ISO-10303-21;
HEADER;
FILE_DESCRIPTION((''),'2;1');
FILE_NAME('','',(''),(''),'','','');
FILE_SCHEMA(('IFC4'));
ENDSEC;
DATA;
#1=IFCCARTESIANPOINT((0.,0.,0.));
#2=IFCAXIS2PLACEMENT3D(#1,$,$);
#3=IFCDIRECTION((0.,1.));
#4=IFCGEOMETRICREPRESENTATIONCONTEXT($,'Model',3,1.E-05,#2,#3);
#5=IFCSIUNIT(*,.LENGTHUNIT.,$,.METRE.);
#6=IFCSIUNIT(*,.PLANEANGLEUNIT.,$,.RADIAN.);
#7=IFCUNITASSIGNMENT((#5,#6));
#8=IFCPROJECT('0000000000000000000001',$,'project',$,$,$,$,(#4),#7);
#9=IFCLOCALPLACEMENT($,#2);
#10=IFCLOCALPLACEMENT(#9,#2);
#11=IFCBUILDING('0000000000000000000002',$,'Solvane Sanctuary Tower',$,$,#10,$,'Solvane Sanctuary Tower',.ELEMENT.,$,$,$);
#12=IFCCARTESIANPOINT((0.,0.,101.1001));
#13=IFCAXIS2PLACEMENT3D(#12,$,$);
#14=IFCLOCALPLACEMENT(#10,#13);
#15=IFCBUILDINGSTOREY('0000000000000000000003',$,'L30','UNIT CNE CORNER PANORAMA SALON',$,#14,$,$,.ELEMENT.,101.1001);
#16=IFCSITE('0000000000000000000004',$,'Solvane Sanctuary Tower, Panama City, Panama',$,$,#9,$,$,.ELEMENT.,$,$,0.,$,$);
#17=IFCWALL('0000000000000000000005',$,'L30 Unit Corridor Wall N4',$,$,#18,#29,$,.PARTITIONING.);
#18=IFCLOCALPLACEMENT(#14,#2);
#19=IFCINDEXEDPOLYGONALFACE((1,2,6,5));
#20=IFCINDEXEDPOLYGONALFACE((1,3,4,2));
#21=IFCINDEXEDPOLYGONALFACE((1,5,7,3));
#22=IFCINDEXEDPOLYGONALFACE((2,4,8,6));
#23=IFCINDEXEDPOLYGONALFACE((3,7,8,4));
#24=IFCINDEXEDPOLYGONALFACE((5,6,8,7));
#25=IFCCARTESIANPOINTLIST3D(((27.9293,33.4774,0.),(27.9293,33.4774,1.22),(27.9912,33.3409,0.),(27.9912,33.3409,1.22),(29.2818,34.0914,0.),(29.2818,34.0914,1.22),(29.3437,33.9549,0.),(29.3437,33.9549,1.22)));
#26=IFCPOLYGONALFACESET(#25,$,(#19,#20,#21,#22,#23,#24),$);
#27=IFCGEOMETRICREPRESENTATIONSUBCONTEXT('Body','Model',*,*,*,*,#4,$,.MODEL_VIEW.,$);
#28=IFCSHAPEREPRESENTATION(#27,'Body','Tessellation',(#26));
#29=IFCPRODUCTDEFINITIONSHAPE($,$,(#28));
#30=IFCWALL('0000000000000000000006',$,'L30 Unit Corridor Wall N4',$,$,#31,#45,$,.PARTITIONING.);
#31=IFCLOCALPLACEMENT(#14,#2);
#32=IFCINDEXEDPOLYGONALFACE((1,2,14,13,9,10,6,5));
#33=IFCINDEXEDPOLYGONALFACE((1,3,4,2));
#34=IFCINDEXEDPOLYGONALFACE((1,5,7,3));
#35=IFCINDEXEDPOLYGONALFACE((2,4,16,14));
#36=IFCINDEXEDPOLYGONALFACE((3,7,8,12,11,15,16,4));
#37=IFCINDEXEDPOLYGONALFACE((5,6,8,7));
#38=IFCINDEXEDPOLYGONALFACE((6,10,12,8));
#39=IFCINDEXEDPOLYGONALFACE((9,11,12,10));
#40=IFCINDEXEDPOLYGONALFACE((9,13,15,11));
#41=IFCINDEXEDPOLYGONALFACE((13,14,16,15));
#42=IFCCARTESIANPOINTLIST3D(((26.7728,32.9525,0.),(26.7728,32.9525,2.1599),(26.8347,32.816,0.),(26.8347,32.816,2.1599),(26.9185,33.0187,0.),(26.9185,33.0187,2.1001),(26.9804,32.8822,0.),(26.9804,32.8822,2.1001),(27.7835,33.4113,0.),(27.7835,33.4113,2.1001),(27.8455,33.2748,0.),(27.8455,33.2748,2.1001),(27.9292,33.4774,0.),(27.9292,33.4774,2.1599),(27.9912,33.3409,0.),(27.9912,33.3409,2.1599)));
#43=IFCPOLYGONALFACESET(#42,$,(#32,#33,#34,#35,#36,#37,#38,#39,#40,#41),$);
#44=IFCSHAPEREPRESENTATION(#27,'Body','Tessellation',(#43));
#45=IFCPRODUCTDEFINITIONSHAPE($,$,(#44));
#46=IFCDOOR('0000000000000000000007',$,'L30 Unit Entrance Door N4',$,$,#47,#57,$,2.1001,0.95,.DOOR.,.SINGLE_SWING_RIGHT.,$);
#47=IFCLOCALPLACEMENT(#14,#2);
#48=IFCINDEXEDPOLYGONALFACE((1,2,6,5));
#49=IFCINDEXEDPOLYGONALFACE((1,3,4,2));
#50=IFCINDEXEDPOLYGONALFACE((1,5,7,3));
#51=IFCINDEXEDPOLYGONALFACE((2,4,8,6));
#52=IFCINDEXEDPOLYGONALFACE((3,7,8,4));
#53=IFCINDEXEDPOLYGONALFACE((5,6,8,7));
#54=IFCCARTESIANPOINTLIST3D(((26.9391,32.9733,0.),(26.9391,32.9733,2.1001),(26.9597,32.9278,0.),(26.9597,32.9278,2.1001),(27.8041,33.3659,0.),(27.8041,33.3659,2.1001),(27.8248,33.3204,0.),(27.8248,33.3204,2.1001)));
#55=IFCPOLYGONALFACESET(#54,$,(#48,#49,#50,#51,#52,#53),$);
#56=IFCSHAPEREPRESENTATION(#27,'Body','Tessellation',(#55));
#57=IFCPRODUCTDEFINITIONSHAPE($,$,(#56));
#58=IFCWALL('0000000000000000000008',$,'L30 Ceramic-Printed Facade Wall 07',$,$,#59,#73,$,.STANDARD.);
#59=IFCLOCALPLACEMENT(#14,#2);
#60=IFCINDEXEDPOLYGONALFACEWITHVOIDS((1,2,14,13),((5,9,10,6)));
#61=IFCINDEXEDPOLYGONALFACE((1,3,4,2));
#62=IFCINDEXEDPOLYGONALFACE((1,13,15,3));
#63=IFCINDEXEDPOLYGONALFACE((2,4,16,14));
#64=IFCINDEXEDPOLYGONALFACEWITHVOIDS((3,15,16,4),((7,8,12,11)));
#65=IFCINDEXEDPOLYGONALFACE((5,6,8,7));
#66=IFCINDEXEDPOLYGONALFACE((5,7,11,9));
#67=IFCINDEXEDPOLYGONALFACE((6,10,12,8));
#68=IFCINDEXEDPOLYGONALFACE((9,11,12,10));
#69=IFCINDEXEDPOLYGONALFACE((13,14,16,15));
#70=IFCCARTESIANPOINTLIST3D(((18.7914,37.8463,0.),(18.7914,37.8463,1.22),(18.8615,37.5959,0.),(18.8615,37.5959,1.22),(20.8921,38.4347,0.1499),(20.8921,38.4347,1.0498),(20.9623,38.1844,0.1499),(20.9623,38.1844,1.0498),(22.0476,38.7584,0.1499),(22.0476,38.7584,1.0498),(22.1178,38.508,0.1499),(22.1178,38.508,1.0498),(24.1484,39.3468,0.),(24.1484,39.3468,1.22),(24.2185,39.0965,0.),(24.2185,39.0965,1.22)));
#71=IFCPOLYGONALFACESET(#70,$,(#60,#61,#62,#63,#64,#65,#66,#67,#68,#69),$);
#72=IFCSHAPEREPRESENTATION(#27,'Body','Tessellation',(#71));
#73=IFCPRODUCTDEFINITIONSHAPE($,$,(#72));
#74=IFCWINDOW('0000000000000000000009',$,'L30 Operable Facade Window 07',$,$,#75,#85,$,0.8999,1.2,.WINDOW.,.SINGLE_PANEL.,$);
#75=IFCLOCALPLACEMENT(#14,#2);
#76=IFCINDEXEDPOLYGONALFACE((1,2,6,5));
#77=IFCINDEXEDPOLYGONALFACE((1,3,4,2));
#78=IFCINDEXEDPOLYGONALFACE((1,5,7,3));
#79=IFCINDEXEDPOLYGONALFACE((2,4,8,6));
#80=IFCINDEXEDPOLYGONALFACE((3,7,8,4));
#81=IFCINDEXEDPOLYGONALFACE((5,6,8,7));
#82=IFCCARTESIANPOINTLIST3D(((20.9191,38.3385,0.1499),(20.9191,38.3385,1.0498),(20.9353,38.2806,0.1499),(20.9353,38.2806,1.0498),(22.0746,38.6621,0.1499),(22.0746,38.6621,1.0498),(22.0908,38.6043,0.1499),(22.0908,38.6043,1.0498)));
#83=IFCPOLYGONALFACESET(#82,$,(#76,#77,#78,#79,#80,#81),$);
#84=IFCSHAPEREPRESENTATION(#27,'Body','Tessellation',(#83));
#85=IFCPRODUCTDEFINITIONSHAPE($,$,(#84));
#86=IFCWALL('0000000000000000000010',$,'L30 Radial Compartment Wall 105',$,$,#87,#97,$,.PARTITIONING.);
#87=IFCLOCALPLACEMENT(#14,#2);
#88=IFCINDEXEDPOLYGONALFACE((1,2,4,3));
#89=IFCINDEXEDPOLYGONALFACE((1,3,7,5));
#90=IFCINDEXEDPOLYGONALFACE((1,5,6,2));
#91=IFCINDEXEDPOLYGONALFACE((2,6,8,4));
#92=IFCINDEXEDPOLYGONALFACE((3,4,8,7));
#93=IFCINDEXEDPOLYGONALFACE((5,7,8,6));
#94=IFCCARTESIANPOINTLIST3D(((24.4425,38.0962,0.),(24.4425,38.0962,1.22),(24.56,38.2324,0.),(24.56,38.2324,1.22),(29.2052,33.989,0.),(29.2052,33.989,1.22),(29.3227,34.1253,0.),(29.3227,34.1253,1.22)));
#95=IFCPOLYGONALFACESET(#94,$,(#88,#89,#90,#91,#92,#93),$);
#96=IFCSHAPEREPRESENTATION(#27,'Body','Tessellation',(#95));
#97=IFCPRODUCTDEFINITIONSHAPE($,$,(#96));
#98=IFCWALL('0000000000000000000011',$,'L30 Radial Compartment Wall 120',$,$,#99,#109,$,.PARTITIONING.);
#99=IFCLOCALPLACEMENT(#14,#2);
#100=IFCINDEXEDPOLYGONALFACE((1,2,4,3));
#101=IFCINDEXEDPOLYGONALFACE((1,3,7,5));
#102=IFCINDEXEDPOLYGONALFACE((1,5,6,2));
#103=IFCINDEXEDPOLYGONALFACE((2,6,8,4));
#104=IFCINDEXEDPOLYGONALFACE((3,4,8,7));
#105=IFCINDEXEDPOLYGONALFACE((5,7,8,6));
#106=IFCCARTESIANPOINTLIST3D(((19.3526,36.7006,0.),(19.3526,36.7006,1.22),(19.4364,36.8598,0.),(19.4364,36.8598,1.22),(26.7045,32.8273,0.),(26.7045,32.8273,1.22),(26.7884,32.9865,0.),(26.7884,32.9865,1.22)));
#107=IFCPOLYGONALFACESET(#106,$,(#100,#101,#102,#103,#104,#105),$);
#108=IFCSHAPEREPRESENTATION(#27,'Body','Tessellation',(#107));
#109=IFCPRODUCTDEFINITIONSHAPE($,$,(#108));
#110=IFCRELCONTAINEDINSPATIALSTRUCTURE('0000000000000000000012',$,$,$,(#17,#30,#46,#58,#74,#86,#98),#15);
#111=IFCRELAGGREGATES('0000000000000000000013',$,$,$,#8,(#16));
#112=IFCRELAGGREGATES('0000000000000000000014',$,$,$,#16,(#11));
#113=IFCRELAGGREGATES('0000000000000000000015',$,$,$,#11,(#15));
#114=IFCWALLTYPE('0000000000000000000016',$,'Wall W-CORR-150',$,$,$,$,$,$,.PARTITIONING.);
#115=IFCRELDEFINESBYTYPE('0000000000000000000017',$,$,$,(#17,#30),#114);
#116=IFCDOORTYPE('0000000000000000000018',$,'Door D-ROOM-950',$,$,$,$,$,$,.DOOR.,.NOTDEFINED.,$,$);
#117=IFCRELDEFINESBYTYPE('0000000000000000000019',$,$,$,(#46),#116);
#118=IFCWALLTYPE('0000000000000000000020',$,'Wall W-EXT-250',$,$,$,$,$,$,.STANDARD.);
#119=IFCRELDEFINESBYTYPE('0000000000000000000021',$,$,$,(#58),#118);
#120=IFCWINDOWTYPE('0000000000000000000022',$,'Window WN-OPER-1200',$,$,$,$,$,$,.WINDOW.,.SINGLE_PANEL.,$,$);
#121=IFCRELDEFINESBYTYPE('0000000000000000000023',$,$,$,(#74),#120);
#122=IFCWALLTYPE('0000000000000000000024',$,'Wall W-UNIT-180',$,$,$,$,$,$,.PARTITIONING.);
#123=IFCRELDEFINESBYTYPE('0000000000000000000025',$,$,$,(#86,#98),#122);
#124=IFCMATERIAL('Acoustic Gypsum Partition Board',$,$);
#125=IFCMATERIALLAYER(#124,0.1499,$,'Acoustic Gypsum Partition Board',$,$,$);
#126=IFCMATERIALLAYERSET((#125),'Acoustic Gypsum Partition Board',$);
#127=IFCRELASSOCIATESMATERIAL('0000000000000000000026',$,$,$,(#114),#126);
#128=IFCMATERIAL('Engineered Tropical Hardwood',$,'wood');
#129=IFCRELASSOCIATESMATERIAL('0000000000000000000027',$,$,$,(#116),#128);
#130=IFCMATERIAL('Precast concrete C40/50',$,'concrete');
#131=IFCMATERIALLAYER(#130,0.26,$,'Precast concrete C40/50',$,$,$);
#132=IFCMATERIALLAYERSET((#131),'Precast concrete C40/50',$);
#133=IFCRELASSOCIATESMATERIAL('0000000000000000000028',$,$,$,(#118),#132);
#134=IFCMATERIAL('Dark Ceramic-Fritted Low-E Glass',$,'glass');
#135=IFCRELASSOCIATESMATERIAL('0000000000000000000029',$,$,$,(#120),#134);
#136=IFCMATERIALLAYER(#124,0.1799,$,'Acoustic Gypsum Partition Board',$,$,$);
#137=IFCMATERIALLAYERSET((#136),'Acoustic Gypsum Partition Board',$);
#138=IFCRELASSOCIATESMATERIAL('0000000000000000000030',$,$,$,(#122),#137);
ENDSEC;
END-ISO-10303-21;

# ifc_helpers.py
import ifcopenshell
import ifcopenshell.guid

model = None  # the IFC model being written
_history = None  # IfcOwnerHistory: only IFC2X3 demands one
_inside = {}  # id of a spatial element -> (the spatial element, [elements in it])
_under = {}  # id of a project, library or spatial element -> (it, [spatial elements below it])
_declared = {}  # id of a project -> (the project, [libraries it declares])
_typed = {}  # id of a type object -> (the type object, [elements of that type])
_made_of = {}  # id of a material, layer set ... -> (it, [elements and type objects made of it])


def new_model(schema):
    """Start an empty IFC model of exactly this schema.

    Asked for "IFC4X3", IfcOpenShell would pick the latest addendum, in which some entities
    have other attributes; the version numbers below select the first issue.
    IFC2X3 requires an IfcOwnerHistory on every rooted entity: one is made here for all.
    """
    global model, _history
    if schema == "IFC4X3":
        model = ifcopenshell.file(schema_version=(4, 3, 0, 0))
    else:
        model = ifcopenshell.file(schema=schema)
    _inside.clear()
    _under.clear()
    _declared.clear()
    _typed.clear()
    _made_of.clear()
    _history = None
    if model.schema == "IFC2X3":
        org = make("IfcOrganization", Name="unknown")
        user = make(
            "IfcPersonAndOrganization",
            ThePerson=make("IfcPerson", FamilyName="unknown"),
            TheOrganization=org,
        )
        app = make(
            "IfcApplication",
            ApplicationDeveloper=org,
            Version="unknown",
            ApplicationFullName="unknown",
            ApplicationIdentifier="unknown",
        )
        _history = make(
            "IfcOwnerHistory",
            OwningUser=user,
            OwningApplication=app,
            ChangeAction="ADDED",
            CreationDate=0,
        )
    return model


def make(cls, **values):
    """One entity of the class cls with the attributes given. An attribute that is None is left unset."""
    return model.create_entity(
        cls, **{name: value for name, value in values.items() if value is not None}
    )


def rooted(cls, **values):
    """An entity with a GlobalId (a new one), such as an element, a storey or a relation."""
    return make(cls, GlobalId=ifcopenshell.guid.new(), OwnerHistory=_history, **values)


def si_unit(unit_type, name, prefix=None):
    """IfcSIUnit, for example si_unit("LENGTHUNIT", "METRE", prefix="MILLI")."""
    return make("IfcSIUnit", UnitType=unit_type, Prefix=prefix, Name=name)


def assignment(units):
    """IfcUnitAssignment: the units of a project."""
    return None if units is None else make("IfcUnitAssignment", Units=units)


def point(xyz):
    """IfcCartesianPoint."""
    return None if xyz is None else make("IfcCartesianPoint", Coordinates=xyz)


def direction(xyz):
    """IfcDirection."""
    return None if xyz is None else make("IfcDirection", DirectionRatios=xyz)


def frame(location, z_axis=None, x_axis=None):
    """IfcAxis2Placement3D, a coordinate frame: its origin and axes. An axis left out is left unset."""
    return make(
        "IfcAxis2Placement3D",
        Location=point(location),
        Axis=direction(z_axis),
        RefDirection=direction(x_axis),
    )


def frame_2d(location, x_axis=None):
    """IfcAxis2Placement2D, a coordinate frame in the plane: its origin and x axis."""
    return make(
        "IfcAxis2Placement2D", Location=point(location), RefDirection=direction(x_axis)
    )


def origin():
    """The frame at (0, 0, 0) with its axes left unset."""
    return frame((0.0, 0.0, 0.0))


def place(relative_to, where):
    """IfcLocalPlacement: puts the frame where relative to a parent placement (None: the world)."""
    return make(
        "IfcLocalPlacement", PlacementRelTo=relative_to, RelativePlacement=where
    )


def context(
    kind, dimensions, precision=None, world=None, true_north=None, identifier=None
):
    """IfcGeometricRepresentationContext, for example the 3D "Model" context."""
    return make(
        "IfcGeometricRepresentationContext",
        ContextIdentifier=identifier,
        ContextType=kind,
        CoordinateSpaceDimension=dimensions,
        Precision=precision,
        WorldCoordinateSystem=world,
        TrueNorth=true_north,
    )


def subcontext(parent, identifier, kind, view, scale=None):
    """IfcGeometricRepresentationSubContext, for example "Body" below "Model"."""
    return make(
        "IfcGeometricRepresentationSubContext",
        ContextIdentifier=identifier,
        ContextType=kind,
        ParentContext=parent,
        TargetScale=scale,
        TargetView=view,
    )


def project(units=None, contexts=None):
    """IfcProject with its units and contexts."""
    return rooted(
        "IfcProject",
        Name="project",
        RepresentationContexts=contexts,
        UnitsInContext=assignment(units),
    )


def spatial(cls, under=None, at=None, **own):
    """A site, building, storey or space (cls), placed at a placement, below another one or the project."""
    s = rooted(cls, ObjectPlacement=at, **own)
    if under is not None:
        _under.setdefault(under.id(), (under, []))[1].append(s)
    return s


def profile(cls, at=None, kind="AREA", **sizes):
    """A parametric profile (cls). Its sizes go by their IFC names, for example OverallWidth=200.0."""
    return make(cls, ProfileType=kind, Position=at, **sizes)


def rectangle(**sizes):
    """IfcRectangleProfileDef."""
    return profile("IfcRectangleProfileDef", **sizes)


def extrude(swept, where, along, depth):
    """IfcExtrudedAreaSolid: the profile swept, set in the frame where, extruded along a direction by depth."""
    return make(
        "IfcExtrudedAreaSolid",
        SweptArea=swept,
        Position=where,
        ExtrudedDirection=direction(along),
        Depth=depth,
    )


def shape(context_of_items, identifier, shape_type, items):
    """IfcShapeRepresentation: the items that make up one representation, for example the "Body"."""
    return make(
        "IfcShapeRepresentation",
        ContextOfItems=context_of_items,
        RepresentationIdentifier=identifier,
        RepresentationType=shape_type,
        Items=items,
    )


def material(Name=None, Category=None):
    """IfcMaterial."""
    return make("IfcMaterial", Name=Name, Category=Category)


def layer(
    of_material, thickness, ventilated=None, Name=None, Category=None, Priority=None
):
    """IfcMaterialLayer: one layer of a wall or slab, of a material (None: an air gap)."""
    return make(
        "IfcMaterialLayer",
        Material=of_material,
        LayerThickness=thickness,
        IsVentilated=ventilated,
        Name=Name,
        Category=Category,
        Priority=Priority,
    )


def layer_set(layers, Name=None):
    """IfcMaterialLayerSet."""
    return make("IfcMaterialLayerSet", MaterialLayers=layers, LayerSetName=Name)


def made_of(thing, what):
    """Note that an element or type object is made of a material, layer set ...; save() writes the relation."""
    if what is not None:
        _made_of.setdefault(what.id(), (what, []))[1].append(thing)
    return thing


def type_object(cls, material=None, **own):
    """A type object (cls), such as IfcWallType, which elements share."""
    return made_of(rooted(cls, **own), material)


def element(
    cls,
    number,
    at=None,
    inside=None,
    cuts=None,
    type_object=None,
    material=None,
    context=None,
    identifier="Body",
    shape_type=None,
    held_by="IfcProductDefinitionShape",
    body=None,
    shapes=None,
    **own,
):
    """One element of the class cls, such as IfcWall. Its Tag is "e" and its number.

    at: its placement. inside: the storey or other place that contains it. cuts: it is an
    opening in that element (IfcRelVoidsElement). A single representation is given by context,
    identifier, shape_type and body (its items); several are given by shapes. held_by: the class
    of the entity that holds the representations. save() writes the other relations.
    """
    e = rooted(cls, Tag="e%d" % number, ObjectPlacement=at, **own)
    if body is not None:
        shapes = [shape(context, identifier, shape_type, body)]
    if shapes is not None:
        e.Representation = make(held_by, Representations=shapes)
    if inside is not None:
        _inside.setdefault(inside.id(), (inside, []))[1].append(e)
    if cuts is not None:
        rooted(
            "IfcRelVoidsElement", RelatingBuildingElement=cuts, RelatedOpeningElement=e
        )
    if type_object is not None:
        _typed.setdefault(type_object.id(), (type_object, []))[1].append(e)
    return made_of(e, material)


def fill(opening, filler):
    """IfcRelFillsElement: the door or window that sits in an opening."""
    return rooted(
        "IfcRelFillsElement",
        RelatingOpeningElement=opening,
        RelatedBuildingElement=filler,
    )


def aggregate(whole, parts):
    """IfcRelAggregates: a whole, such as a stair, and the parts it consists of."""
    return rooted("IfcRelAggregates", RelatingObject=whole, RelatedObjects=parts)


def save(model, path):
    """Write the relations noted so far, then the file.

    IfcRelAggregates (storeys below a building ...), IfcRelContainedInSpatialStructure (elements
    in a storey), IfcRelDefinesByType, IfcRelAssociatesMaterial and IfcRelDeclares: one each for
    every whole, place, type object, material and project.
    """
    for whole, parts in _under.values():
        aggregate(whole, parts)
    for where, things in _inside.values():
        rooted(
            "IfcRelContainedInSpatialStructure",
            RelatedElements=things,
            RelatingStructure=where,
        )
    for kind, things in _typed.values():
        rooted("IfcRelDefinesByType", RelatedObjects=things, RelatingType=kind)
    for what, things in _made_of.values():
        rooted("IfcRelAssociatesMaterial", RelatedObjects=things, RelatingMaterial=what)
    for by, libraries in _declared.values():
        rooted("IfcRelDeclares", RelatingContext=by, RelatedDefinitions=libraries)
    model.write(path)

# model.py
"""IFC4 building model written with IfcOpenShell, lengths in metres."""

from ifc_helpers import new_model, si_unit, direction, frame, frame_2d, origin, place, context, subcontext, project, spatial, rectangle, extrude, material, layer, layer_set, type_object, element, fill, save


model = new_model("IFC4")

# Units and contexts
model_context = context("Model", 3, precision=1e-05, world=origin(), true_north=direction((0.0, 1.0)))
body_context = subcontext(model_context, "Body", "Model", "MODEL_VIEW")
ifc_project = project(units=[si_unit("LENGTHUNIT", "METRE"), si_unit("PLANEANGLEUNIT", "RADIAN")], contexts=[model_context])

# Site, building, storey
site_placement = place(None, origin())
site = spatial("IfcSite", under=ifc_project, at=site_placement, Name="Solvane Sanctuary Tower, Panama City, Panama", CompositionType="ELEMENT", RefElevation=0.0)
building_placement = place(site_placement, origin())
building = spatial("IfcBuilding", under=site, at=building_placement, Name="Solvane Sanctuary Tower", LongName="Solvane Sanctuary Tower", CompositionType="ELEMENT")
storey_placement = place(building_placement, frame((0.0, 0.0, 101.1001)))
storey = spatial("IfcBuildingStorey", under=building, at=storey_placement, Name="L30", Description="UNIT CNE CORNER PANORAMA SALON", CompositionType="ELEMENT", Elevation=101.1001)

# Wall
ifc_material_1 = material(Name="Acoustic Gypsum Partition Board")
ifc_layer_1 = layer(ifc_material_1, 0.1499, Name="Acoustic Gypsum Partition Board")
ifc_layer_set_1 = layer_set([ifc_layer_1], Name="Acoustic Gypsum Partition Board")
wall_type_1 = type_object("IfcWallType", Name="Wall W-CORR-150", PredefinedType="PARTITIONING", material=ifc_layer_set_1)
wall_1_placement = place(storey_placement, frame((29.3127, 34.0232, 0.0), z_axis=(0.0, 0.0, 1.0), x_axis=(-0.910563, -0.413369, 0.0)))
element("IfcWall", 1, at=wall_1_placement, inside=storey, type_object=wall_type_1, Name="L30 Unit Corridor Wall N4", PredefinedType="PARTITIONING", context=body_context, shape_type="SweptSolid", body=[
    extrude(rectangle(XDim=1.4854, YDim=0.1499, at=frame_2d((0.7427, 0.0))), origin(), (0.0, 0.0, 1.0), 1.22),
])

# Wall, opening, door
wall_2_placement = place(storey_placement, frame((27.9602, 33.4092, 0.0), z_axis=(0.0, 0.0, 1.0), x_axis=(-0.910597, -0.413296, 0.0)))
wall_2 = element("IfcWall", 2, at=wall_2_placement, inside=storey, type_object=wall_type_1, Name="L30 Unit Corridor Wall N4", PredefinedType="PARTITIONING", context=body_context, shape_type="SweptSolid", body=[
    extrude(rectangle(XDim=1.27, YDim=0.1499, at=frame_2d((0.635, 0.0))), origin(), (0.0, 0.0, 1.0), 2.1599),
])
opening_1_placement = place(wall_2_placement, frame((0.1599, 0.0, 0.0)))
opening_1 = element("IfcOpeningElement", 3, at=opening_1_placement, cuts=wall_2, PredefinedType="OPENING", context=body_context, shape_type="SweptSolid", body=[
    extrude(rectangle(XDim=0.95, YDim=2.1001, at=frame_2d((0.4751, 1.05))), frame((0.0, 0.085, 0.0), z_axis=(0.0, -1.0, 0.0), x_axis=(1.0, 0.0, 0.0)), (0.0, 0.0, 1.0), 0.1699),
])
ifc_material_2 = material(Name="Engineered Tropical Hardwood", Category="wood")
door_type = type_object("IfcDoorType", Name="Door D-ROOM-950", OperationType="NOTDEFINED", PredefinedType="DOOR", material=ifc_material_2)
door_placement = place(opening_1_placement, origin())
door = element("IfcDoor", 4, at=door_placement, inside=storey, type_object=door_type, Name="L30 Unit Entrance Door N4", OperationType="SINGLE_SWING_RIGHT", OverallHeight=2.1001, OverallWidth=0.95, PredefinedType="DOOR", context=body_context, shape_type="SweptSolid", body=[
    extrude(rectangle(XDim=0.95, YDim=2.1001, at=frame_2d((0.4751, 1.05))), frame((0.0, 0.0249, 0.0), z_axis=(0.0, -1.0, 0.0), x_axis=(1.0, 0.0, 0.0)), (0.0, 0.0, 1.0), 0.05),
])
fill(opening_1, door)

# Wall, opening, window
ifc_material_3 = material(Name="Precast concrete C40/50", Category="concrete")
ifc_layer_2 = layer(ifc_material_3, 0.26, Name="Precast concrete C40/50")
ifc_layer_set_2 = layer_set([ifc_layer_2], Name="Precast concrete C40/50")
wall_type_2 = type_object("IfcWallType", Name="Wall W-EXT-250", PredefinedType="STANDARD", material=ifc_layer_set_2)
wall_3_placement = place(storey_placement, frame((24.1836, 39.2217, 0.0), z_axis=(0.0, 0.0, 1.0), x_axis=(-0.962938, -0.269721, 0.0)))
wall_3 = element("IfcWall", 5, at=wall_3_placement, inside=storey, type_object=wall_type_2, Name="L30 Ceramic-Printed Facade Wall 07", PredefinedType="STANDARD", context=body_context, shape_type="SweptSolid", body=[
    extrude(rectangle(XDim=5.5632, YDim=0.26, at=frame_2d((2.7817, 0.0))), origin(), (0.0, 0.0, 1.0), 1.22),
])
opening_2_placement = place(wall_3_placement, frame((2.1816, 0.0, 0.1499)))
opening_2 = element("IfcOpeningElement", 6, at=opening_2_placement, cuts=wall_3, PredefinedType="OPENING", context=body_context, shape_type="SweptSolid", body=[
    extrude(rectangle(XDim=1.2, YDim=0.8999, at=frame_2d((0.6001, 0.45))), frame((0.0, 0.1399, 0.0), z_axis=(0.0, -1.0, 0.0), x_axis=(1.0, 0.0, 0.0)), (0.0, 0.0, 1.0), 0.28),
])
ifc_material_4 = material(Name="Dark Ceramic-Fritted Low-E Glass", Category="glass")
window_type = type_object("IfcWindowType", Name="Window WN-OPER-1200", PartitioningType="SINGLE_PANEL", PredefinedType="WINDOW", material=ifc_material_4)
window_placement = place(opening_2_placement, origin())
window = element("IfcWindow", 7, at=window_placement, inside=storey, type_object=window_type, Name="L30 Operable Facade Window 07", OverallHeight=0.8999, OverallWidth=1.2, PartitioningType="SINGLE_PANEL", PredefinedType="WINDOW", context=body_context, shape_type="SweptSolid", body=[
    extrude(rectangle(XDim=1.2, YDim=0.8999, at=frame_2d((0.6001, 0.45))), frame((0.0, 0.03, 0.0), z_axis=(0.0, -1.0, 0.0), x_axis=(1.0, 0.0, 0.0)), (0.0, 0.0, 1.0), 0.0601),
])
fill(opening_2, window)

# Walls
ifc_layer_3 = layer(ifc_material_1, 0.1799, Name="Acoustic Gypsum Partition Board")
ifc_layer_set_3 = layer_set([ifc_layer_3], Name="Acoustic Gypsum Partition Board")
wall_type_3 = type_object("IfcWallType", Name="Wall W-UNIT-180", PredefinedType="PARTITIONING", material=ifc_layer_set_3)
wall_4_placement = place(storey_placement, frame((29.2639, 34.0571, 0.0), z_axis=(0.0, 0.0, 1.0), x_axis=(-0.757299, 0.653068, 0.0)))
element("IfcWall", 8, at=wall_4_placement, inside=storey, type_object=wall_type_3, Name="L30 Radial Compartment Wall 105", PredefinedType="PARTITIONING", context=body_context, shape_type="SweptSolid", body=[
    extrude(rectangle(XDim=6.2891, YDim=0.1799, at=frame_2d((3.1445, 0.0))), origin(), (0.0, 0.0, 1.0), 1.22),
])
wall_5_placement = place(storey_placement, frame((26.7463, 32.907, 0.0), z_axis=(0.0, 0.0, 1.0), x_axis=(-0.88473, 0.466104, 0.0)))
element("IfcWall", 9, at=wall_5_placement, inside=storey, type_object=wall_type_3, Name="L30 Radial Compartment Wall 120", PredefinedType="PARTITIONING", context=body_context, shape_type="SweptSolid", body=[
    extrude(rectangle(XDim=8.3098, YDim=0.1799, at=frame_2d((4.1548, 0.0))), origin(), (0.0, 0.0, 1.0), 1.22),
])

save(model, "model.ifc")
